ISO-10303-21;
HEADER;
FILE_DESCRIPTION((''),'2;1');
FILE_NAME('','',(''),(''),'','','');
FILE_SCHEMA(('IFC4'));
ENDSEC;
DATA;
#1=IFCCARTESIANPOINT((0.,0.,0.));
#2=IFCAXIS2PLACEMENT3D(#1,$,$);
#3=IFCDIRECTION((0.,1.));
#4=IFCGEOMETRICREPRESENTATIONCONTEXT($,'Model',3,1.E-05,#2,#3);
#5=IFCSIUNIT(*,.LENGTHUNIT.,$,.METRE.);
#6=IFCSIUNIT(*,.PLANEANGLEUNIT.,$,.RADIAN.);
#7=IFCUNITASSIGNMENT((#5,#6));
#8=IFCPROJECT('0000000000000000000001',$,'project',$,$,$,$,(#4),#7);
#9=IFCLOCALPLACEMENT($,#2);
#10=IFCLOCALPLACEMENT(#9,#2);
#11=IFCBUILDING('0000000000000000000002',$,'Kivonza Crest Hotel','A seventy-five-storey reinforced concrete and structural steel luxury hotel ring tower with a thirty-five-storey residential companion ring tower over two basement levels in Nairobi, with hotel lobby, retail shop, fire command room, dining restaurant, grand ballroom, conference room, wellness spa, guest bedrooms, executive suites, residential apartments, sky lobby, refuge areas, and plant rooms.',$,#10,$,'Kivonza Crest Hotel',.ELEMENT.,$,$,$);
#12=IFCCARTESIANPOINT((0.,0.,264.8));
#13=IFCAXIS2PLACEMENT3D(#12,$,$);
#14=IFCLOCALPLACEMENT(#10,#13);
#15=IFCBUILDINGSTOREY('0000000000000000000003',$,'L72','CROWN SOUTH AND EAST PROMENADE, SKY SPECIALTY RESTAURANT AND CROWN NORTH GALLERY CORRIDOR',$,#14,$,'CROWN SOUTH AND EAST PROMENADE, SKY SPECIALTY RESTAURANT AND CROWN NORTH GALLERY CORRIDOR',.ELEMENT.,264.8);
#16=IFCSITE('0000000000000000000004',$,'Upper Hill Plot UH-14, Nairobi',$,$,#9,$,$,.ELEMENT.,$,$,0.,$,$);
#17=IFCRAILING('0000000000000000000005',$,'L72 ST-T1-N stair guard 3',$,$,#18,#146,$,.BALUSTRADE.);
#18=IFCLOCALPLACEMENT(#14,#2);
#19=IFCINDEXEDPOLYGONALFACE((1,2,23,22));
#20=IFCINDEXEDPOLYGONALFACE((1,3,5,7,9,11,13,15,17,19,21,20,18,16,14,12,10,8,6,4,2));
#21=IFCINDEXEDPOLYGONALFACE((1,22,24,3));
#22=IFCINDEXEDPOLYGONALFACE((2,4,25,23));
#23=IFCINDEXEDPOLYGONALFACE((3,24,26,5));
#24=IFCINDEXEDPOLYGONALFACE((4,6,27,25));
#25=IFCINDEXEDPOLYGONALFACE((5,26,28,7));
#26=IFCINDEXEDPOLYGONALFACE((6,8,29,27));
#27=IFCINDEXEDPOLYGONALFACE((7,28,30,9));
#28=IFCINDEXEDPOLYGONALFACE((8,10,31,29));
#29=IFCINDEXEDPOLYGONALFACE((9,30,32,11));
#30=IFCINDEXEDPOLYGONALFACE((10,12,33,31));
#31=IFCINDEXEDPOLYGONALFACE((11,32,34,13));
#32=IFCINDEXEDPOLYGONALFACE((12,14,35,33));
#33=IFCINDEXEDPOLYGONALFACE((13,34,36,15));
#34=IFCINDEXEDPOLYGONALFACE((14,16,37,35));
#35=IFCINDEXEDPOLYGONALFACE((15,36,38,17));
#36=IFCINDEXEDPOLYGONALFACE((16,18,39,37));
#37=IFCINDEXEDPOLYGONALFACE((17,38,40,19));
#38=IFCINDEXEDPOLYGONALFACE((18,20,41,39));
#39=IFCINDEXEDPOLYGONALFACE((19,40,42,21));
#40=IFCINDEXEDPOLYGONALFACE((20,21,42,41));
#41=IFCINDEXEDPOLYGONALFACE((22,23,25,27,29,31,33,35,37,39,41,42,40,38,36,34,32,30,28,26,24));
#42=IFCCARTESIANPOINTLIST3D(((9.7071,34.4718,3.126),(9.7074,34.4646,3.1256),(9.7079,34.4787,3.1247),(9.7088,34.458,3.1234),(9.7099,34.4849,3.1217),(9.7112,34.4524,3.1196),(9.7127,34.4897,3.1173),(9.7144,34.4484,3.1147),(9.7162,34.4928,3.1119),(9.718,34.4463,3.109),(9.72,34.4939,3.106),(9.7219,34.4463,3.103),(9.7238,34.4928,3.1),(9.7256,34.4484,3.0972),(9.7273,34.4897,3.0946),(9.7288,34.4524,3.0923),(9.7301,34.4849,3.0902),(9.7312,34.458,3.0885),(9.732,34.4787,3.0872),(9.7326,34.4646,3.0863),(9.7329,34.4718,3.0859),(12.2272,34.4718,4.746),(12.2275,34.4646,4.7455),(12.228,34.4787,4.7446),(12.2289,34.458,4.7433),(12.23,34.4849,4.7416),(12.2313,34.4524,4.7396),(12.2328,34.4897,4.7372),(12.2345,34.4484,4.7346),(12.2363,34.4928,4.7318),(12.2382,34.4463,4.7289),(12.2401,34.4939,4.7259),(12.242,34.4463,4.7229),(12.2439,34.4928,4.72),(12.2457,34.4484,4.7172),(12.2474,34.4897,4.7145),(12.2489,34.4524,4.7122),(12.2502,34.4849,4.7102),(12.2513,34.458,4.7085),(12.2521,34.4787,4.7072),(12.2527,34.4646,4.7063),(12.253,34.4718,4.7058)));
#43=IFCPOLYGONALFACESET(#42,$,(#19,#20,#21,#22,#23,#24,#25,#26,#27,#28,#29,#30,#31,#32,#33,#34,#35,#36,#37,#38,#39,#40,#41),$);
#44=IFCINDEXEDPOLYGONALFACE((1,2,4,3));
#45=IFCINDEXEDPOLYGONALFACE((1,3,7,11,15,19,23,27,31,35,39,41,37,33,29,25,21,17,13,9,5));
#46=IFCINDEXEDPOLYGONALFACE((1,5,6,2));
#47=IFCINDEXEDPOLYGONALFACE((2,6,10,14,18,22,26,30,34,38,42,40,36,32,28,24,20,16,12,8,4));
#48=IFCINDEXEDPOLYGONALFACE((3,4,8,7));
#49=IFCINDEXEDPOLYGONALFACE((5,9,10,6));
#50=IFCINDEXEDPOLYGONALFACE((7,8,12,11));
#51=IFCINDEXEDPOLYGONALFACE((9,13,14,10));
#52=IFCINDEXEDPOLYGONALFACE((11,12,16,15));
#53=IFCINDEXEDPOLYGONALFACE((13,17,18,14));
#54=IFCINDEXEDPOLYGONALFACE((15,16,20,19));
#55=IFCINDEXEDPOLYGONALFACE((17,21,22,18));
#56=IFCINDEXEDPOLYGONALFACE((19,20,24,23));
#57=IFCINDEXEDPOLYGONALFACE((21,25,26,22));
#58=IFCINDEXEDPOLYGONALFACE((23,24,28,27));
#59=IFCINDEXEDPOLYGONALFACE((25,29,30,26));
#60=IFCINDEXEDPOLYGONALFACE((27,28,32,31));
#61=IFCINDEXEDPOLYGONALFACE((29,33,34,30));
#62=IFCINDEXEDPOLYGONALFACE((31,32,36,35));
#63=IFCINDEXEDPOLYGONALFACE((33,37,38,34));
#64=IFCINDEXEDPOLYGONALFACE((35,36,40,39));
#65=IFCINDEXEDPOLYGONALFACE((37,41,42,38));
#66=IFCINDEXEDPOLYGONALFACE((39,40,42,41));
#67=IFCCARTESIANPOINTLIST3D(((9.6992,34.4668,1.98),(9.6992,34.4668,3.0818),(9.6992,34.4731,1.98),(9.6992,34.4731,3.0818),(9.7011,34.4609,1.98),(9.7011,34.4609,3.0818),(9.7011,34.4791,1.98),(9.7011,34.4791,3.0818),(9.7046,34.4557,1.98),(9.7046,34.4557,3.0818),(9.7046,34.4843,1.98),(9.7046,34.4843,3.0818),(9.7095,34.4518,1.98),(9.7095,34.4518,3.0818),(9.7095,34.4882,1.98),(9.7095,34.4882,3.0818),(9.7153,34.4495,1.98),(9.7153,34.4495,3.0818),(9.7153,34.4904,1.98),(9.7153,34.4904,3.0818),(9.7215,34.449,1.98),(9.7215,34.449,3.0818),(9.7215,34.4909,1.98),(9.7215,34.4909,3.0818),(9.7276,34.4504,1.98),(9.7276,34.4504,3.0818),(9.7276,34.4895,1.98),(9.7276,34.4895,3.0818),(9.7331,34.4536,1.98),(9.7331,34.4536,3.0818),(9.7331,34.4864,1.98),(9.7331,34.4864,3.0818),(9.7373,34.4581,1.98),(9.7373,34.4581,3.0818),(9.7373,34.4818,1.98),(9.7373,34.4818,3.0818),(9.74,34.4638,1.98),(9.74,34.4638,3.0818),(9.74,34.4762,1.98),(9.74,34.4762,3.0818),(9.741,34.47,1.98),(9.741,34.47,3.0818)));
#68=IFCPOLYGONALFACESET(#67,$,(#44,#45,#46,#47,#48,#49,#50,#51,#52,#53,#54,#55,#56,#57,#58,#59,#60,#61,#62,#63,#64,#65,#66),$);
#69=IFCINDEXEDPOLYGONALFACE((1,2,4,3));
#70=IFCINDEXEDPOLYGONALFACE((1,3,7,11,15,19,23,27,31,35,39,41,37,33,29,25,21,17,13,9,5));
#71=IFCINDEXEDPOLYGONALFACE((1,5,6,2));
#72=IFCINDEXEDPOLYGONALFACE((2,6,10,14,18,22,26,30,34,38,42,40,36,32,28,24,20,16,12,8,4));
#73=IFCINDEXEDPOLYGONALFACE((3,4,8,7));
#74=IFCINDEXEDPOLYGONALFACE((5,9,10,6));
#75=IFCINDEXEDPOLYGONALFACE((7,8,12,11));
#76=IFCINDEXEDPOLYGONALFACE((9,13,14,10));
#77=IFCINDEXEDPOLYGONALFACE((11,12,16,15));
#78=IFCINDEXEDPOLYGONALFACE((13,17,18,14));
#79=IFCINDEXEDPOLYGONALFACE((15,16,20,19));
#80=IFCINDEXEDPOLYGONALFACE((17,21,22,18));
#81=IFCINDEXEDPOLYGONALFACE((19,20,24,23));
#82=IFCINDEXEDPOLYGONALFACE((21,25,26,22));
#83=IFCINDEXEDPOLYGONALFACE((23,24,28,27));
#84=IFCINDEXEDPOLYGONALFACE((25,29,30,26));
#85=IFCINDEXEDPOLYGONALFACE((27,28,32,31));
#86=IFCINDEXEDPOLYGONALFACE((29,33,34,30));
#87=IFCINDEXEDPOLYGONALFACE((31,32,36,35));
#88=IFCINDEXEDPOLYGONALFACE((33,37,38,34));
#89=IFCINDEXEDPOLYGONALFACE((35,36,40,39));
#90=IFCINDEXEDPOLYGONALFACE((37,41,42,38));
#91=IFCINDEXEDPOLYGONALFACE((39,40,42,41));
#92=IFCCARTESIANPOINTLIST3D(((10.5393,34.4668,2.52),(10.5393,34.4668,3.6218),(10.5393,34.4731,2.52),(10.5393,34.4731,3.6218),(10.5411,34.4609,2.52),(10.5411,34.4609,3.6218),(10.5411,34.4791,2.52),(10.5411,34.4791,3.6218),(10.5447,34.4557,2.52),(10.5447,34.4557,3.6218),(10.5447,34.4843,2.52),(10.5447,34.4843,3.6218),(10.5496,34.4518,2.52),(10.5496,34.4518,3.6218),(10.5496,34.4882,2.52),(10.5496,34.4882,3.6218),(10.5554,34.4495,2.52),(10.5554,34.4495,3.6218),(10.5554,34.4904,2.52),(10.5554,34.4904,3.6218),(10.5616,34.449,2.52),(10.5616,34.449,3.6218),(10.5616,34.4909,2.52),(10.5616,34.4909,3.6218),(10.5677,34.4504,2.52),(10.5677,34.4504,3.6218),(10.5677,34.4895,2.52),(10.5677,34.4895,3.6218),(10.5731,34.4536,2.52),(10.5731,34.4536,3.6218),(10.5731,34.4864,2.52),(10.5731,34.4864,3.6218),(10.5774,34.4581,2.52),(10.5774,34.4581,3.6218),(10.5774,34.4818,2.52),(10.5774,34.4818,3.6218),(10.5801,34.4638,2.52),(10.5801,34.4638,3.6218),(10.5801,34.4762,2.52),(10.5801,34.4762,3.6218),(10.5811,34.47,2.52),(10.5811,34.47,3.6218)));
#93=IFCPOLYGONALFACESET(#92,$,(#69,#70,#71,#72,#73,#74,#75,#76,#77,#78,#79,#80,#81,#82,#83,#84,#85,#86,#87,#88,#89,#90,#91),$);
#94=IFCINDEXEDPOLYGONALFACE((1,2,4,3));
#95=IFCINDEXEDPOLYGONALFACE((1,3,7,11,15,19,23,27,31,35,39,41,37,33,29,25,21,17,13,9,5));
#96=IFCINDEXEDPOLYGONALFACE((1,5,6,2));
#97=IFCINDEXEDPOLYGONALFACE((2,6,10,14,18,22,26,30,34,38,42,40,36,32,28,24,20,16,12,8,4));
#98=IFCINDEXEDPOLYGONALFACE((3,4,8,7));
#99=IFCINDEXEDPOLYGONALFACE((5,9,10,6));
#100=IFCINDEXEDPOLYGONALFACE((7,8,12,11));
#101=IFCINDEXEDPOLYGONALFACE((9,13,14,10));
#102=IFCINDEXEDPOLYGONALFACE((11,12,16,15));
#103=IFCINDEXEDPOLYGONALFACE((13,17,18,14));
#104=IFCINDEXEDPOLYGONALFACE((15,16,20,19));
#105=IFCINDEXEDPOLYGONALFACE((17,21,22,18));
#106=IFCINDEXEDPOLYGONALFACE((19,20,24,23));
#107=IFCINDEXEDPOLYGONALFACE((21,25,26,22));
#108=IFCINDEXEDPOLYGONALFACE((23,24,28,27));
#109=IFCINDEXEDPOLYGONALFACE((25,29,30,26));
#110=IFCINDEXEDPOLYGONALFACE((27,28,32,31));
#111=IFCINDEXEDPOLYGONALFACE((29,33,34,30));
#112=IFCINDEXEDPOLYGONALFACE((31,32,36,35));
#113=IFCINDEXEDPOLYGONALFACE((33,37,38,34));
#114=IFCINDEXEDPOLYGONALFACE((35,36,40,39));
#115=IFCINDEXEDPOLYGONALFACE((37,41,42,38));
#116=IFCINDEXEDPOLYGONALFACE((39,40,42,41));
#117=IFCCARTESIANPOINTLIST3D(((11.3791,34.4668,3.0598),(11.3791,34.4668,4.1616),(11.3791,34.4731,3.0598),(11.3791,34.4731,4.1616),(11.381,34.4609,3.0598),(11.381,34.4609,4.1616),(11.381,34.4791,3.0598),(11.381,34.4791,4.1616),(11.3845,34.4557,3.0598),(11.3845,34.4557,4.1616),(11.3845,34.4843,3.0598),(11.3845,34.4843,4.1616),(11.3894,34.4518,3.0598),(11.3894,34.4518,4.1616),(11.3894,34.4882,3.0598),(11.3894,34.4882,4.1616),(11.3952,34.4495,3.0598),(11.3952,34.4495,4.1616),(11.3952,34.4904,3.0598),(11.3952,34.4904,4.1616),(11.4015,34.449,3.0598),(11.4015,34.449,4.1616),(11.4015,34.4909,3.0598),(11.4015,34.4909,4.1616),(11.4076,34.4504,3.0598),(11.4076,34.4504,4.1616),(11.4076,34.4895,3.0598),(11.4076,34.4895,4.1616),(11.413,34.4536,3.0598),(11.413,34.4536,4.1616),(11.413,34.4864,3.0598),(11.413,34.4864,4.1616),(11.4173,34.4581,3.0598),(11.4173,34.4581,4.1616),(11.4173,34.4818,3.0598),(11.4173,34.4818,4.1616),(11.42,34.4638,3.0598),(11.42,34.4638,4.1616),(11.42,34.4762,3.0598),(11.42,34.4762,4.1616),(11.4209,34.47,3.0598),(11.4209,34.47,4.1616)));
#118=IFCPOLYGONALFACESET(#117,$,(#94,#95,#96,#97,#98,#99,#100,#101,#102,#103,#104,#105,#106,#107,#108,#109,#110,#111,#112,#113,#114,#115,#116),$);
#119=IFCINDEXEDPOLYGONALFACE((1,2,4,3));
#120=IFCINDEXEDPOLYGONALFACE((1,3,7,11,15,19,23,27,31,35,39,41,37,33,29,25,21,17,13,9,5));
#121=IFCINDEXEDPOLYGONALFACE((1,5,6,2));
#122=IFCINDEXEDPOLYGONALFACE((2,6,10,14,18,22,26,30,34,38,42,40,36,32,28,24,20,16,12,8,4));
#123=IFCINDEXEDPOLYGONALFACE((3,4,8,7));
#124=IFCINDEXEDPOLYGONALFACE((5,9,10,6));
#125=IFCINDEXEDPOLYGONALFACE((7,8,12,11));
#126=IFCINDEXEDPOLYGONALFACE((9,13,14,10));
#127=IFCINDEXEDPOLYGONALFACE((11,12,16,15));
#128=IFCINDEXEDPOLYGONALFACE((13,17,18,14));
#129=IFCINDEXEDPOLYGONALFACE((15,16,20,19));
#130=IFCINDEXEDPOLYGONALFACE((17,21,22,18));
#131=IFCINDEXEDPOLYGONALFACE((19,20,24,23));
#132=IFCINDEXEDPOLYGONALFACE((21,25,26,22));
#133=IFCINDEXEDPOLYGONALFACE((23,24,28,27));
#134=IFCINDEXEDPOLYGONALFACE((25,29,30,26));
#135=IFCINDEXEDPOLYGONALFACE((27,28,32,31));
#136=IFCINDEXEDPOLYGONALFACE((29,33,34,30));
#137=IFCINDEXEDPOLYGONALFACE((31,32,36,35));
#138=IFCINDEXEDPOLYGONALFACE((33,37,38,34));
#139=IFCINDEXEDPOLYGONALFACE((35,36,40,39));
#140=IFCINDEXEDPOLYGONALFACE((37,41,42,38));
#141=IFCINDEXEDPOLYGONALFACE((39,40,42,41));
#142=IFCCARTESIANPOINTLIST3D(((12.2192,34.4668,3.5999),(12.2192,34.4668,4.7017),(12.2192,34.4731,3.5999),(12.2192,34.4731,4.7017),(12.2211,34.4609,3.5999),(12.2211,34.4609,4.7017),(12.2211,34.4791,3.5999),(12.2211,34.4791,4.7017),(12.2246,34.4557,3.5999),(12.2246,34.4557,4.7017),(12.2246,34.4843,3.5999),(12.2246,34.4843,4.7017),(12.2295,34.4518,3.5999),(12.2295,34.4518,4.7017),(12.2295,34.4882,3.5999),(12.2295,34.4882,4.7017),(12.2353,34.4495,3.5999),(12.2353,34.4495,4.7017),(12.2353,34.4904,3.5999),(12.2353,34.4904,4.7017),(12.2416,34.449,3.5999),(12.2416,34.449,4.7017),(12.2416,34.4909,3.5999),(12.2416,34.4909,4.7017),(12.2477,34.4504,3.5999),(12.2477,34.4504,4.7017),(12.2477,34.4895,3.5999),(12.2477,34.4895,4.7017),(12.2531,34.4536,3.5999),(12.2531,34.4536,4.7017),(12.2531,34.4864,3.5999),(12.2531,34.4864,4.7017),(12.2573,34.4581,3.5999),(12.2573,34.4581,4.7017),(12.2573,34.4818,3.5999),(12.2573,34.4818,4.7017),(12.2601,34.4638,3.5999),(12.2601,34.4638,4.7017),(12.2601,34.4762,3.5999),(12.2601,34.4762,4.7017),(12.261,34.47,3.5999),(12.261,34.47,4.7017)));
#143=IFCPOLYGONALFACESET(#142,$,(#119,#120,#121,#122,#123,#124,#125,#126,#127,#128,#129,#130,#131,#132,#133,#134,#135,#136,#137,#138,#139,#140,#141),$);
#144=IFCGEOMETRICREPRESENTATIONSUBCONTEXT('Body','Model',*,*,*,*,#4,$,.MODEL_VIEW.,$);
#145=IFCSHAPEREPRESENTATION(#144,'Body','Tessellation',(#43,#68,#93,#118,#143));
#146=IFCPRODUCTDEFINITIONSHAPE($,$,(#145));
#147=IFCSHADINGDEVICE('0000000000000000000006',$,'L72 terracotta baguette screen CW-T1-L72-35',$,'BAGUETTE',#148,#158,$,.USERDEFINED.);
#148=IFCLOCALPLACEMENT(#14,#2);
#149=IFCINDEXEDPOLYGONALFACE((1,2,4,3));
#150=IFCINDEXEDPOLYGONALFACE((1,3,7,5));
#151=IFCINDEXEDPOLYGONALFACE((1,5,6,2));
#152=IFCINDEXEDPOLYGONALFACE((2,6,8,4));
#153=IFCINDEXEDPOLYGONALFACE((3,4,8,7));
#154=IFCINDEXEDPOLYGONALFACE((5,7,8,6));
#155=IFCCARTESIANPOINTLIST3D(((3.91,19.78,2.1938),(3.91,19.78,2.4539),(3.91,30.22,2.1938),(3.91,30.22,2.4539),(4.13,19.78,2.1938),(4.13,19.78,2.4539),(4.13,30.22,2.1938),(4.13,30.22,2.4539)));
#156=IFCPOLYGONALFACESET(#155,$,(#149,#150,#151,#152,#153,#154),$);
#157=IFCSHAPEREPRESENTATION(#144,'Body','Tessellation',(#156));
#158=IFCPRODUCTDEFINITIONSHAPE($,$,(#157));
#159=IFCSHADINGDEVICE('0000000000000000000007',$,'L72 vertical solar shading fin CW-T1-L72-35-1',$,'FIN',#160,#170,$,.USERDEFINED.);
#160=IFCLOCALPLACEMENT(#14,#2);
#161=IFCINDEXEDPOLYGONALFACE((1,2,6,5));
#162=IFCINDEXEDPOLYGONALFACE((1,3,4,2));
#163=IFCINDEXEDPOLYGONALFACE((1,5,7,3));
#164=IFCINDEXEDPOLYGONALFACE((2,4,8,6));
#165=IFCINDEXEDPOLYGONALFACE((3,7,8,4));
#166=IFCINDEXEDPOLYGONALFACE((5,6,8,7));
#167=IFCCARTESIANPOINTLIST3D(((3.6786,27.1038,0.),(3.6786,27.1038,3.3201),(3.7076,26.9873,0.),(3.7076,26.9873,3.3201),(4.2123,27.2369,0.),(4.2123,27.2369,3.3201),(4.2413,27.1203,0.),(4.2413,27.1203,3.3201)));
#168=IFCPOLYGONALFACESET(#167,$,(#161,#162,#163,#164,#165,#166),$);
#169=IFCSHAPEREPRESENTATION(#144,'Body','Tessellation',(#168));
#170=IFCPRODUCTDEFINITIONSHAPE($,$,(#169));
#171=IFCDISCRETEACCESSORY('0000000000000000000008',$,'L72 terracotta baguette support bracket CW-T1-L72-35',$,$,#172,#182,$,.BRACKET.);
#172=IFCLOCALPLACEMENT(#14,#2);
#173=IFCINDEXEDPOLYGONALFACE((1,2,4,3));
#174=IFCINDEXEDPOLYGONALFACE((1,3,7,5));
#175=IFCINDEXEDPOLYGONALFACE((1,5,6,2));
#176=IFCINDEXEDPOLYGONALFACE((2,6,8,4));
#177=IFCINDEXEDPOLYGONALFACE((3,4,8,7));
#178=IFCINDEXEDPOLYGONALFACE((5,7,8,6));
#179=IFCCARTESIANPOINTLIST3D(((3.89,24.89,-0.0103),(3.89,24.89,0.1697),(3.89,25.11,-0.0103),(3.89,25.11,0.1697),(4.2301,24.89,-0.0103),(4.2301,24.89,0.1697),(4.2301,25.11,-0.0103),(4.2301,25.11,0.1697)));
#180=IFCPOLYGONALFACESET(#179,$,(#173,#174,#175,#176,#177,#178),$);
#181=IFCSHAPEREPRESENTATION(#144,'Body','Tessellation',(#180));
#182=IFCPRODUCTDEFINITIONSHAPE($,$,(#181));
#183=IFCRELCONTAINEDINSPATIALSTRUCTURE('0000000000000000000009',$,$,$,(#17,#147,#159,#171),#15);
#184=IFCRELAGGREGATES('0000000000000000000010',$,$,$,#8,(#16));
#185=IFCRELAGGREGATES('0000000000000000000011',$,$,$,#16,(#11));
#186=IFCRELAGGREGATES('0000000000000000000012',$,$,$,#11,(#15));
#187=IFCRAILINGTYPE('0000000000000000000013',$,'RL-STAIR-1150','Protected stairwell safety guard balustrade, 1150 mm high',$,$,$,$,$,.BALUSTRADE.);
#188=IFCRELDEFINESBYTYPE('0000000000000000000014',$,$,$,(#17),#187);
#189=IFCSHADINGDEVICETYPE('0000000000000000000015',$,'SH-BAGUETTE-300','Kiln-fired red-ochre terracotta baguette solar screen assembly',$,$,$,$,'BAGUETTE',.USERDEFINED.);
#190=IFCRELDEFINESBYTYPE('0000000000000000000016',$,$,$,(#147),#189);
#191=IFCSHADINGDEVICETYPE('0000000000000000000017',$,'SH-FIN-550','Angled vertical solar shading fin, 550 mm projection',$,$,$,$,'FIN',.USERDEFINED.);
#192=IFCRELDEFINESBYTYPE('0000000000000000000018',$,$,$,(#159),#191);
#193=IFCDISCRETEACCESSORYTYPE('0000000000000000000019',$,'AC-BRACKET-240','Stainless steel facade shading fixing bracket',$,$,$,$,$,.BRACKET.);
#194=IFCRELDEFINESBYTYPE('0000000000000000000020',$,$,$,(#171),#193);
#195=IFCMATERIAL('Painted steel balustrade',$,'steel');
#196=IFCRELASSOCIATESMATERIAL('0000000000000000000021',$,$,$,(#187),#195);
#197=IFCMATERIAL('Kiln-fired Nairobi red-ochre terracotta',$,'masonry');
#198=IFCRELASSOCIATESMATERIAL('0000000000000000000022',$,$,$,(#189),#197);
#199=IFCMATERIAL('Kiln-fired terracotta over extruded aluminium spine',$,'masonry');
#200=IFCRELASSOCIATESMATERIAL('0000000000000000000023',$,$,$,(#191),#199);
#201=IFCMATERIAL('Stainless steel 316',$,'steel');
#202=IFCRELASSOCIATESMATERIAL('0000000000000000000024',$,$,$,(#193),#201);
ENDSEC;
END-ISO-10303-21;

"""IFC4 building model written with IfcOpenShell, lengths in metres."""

from ifc_helpers import new_model, si_unit, direction, frame, origin, origin_2d, place, context, subcontext, project, spatial, rectangle, circle, extrude, material, type_object, element, save


model = new_model("IFC4")

# Units and contexts
model_context = context("Model", 3, precision=1e-05, world=origin(), true_north=direction((0.0, 1.0)))
body_context = subcontext(model_context, "Body", "Model", "MODEL_VIEW")
ifc_project = project(units=[si_unit("LENGTHUNIT", "METRE"), si_unit("PLANEANGLEUNIT", "RADIAN")], contexts=[model_context])

# Site, building, storey
site_placement = place(None, origin())
site = spatial("IfcSite", under=ifc_project, at=site_placement, Name="Upper Hill Plot UH-14, Nairobi", CompositionType="ELEMENT", RefElevation=0.0)
building_placement = place(site_placement, origin())
building = spatial("IfcBuilding", under=site, at=building_placement, Name="Kivonza Crest Hotel", Description="A seventy-five-storey reinforced concrete and structural steel luxury hotel ring tower with a thirty-five-storey residential companion ring tower over two basement levels in Nairobi, with hotel lobby, retail shop, fire command room, dining restaurant, grand ballroom, conference room, wellness spa, guest bedrooms, executive suites, residential apartments, sky lobby, refuge areas, and plant rooms.", LongName="Kivonza Crest Hotel", CompositionType="ELEMENT")
storey_placement = place(building_placement, frame((0.0, 0.0, 264.8)))
storey = spatial("IfcBuildingStorey", under=building, at=storey_placement, Name="L72", Description="CROWN SOUTH AND EAST PROMENADE, SKY SPECIALTY RESTAURANT AND CROWN NORTH GALLERY CORRIDOR", LongName="CROWN SOUTH AND EAST PROMENADE, SKY SPECIALTY RESTAURANT AND CROWN NORTH GALLERY CORRIDOR", CompositionType="ELEMENT", Elevation=264.8)

# Railing
ifc_material_1 = material(Name="Painted steel balustrade", Category="steel")
railing_type_1 = type_object("IfcRailingType", Name="RL-STAIR-1150", Description="Protected stairwell safety guard balustrade, 1150 mm high", PredefinedType="BALUSTRADE", material=ifc_material_1)
railing_1_placement = place(storey_placement, frame((9.72, 34.47, 1.98)))
element("IfcRailing", 1, at=railing_1_placement, inside=storey, type_object=railing_type_1, Name="L72 ST-T1-N stair guard 3", PredefinedType="BALUSTRADE", context=body_context, shape_type="SweptSolid", body=[
    extrude(circle(Radius=0.0239, at=origin_2d()), frame((0.0, 0.0, 1.126), z_axis=(0.8412, 0.0, 0.540725), x_axis=(0.0, 1.0, 0.0)), (0.0, 0.0, 1.0), 2.9958),
    extrude(circle(Radius=0.021, at=origin_2d()), origin(), (0.0, 0.0, 1.0), 1.1018),
    extrude(circle(Radius=0.021, at=origin_2d()), frame((0.8401, 0.0, 0.54)), (0.0, 0.0, 1.0), 1.1018),
    extrude(circle(Radius=0.021, at=origin_2d()), frame((1.6799, 0.0, 1.0798)), (0.0, 0.0, 1.0), 1.1018),
    extrude(circle(Radius=0.021, at=origin_2d()), frame((2.52, 0.0, 1.6199)), (0.0, 0.0, 1.0), 1.1018),
])

# Shading devices
ifc_material_2 = material(Name="Kiln-fired Nairobi red-ochre terracotta", Category="masonry")
shading_device_type_1 = type_object("IfcShadingDeviceType", Name="SH-BAGUETTE-300", Description="Kiln-fired red-ochre terracotta baguette solar screen assembly", ElementType="BAGUETTE", PredefinedType="USERDEFINED", material=ifc_material_2)
shading_device_1_placement = place(storey_placement, frame((4.02, 25.0, 2.1938), z_axis=(0.0, 0.0, 1.0), x_axis=(0.0, -1.0, 0.0)))
element("IfcShadingDevice", 2, at=shading_device_1_placement, inside=storey, type_object=shading_device_type_1, Name="L72 terracotta baguette screen CW-T1-L72-35", ObjectType="BAGUETTE", PredefinedType="USERDEFINED", context=body_context, shape_type="SweptSolid", body=[
    extrude(rectangle(XDim=10.4399, YDim=0.22, at=origin_2d()), origin(), (0.0, 0.0, 1.0), 0.26),
])
ifc_material_3 = material(Name="Kiln-fired terracotta over extruded aluminium spine", Category="masonry")
shading_device_type_2 = type_object("IfcShadingDeviceType", Name="SH-FIN-550", Description="Angled vertical solar shading fin, 550 mm projection", ElementType="FIN", PredefinedType="USERDEFINED", material=ifc_material_3)
shading_device_2_placement = place(storey_placement, frame((3.96, 27.1121, 0.0), z_axis=(0.0, 0.0, 1.0), x_axis=(0.241922, -0.970296, 0.0)))
element("IfcShadingDevice", 3, at=shading_device_2_placement, inside=storey, type_object=shading_device_type_2, Name="L72 vertical solar shading fin CW-T1-L72-35-1", ObjectType="FIN", PredefinedType="USERDEFINED", context=body_context, shape_type="SweptSolid", body=[
    extrude(rectangle(XDim=0.1201, YDim=0.55, at=origin_2d()), origin(), (0.0, 0.0, 1.0), 3.3201),
])

# Discrete accessory
ifc_material_4 = material(Name="Stainless steel 316", Category="steel")
discrete_accessory_type = type_object("IfcDiscreteAccessoryType", Name="AC-BRACKET-240", Description="Stainless steel facade shading fixing bracket", PredefinedType="BRACKET", material=ifc_material_4)
discrete_accessory_placement = place(storey_placement, frame((4.0601, 25.0, -0.0103), z_axis=(0.0, 0.0, 1.0), x_axis=(0.0, -1.0, 0.0)))
element("IfcDiscreteAccessory", 4, at=discrete_accessory_placement, inside=storey, type_object=discrete_accessory_type, Name="L72 terracotta baguette support bracket CW-T1-L72-35", PredefinedType="BRACKET", context=body_context, shape_type="SweptSolid", body=[
    extrude(rectangle(XDim=0.22, YDim=0.3401, at=origin_2d()), origin(), (0.0, 0.0, 1.0), 0.1799),
])

save(model, "model.ifc")
